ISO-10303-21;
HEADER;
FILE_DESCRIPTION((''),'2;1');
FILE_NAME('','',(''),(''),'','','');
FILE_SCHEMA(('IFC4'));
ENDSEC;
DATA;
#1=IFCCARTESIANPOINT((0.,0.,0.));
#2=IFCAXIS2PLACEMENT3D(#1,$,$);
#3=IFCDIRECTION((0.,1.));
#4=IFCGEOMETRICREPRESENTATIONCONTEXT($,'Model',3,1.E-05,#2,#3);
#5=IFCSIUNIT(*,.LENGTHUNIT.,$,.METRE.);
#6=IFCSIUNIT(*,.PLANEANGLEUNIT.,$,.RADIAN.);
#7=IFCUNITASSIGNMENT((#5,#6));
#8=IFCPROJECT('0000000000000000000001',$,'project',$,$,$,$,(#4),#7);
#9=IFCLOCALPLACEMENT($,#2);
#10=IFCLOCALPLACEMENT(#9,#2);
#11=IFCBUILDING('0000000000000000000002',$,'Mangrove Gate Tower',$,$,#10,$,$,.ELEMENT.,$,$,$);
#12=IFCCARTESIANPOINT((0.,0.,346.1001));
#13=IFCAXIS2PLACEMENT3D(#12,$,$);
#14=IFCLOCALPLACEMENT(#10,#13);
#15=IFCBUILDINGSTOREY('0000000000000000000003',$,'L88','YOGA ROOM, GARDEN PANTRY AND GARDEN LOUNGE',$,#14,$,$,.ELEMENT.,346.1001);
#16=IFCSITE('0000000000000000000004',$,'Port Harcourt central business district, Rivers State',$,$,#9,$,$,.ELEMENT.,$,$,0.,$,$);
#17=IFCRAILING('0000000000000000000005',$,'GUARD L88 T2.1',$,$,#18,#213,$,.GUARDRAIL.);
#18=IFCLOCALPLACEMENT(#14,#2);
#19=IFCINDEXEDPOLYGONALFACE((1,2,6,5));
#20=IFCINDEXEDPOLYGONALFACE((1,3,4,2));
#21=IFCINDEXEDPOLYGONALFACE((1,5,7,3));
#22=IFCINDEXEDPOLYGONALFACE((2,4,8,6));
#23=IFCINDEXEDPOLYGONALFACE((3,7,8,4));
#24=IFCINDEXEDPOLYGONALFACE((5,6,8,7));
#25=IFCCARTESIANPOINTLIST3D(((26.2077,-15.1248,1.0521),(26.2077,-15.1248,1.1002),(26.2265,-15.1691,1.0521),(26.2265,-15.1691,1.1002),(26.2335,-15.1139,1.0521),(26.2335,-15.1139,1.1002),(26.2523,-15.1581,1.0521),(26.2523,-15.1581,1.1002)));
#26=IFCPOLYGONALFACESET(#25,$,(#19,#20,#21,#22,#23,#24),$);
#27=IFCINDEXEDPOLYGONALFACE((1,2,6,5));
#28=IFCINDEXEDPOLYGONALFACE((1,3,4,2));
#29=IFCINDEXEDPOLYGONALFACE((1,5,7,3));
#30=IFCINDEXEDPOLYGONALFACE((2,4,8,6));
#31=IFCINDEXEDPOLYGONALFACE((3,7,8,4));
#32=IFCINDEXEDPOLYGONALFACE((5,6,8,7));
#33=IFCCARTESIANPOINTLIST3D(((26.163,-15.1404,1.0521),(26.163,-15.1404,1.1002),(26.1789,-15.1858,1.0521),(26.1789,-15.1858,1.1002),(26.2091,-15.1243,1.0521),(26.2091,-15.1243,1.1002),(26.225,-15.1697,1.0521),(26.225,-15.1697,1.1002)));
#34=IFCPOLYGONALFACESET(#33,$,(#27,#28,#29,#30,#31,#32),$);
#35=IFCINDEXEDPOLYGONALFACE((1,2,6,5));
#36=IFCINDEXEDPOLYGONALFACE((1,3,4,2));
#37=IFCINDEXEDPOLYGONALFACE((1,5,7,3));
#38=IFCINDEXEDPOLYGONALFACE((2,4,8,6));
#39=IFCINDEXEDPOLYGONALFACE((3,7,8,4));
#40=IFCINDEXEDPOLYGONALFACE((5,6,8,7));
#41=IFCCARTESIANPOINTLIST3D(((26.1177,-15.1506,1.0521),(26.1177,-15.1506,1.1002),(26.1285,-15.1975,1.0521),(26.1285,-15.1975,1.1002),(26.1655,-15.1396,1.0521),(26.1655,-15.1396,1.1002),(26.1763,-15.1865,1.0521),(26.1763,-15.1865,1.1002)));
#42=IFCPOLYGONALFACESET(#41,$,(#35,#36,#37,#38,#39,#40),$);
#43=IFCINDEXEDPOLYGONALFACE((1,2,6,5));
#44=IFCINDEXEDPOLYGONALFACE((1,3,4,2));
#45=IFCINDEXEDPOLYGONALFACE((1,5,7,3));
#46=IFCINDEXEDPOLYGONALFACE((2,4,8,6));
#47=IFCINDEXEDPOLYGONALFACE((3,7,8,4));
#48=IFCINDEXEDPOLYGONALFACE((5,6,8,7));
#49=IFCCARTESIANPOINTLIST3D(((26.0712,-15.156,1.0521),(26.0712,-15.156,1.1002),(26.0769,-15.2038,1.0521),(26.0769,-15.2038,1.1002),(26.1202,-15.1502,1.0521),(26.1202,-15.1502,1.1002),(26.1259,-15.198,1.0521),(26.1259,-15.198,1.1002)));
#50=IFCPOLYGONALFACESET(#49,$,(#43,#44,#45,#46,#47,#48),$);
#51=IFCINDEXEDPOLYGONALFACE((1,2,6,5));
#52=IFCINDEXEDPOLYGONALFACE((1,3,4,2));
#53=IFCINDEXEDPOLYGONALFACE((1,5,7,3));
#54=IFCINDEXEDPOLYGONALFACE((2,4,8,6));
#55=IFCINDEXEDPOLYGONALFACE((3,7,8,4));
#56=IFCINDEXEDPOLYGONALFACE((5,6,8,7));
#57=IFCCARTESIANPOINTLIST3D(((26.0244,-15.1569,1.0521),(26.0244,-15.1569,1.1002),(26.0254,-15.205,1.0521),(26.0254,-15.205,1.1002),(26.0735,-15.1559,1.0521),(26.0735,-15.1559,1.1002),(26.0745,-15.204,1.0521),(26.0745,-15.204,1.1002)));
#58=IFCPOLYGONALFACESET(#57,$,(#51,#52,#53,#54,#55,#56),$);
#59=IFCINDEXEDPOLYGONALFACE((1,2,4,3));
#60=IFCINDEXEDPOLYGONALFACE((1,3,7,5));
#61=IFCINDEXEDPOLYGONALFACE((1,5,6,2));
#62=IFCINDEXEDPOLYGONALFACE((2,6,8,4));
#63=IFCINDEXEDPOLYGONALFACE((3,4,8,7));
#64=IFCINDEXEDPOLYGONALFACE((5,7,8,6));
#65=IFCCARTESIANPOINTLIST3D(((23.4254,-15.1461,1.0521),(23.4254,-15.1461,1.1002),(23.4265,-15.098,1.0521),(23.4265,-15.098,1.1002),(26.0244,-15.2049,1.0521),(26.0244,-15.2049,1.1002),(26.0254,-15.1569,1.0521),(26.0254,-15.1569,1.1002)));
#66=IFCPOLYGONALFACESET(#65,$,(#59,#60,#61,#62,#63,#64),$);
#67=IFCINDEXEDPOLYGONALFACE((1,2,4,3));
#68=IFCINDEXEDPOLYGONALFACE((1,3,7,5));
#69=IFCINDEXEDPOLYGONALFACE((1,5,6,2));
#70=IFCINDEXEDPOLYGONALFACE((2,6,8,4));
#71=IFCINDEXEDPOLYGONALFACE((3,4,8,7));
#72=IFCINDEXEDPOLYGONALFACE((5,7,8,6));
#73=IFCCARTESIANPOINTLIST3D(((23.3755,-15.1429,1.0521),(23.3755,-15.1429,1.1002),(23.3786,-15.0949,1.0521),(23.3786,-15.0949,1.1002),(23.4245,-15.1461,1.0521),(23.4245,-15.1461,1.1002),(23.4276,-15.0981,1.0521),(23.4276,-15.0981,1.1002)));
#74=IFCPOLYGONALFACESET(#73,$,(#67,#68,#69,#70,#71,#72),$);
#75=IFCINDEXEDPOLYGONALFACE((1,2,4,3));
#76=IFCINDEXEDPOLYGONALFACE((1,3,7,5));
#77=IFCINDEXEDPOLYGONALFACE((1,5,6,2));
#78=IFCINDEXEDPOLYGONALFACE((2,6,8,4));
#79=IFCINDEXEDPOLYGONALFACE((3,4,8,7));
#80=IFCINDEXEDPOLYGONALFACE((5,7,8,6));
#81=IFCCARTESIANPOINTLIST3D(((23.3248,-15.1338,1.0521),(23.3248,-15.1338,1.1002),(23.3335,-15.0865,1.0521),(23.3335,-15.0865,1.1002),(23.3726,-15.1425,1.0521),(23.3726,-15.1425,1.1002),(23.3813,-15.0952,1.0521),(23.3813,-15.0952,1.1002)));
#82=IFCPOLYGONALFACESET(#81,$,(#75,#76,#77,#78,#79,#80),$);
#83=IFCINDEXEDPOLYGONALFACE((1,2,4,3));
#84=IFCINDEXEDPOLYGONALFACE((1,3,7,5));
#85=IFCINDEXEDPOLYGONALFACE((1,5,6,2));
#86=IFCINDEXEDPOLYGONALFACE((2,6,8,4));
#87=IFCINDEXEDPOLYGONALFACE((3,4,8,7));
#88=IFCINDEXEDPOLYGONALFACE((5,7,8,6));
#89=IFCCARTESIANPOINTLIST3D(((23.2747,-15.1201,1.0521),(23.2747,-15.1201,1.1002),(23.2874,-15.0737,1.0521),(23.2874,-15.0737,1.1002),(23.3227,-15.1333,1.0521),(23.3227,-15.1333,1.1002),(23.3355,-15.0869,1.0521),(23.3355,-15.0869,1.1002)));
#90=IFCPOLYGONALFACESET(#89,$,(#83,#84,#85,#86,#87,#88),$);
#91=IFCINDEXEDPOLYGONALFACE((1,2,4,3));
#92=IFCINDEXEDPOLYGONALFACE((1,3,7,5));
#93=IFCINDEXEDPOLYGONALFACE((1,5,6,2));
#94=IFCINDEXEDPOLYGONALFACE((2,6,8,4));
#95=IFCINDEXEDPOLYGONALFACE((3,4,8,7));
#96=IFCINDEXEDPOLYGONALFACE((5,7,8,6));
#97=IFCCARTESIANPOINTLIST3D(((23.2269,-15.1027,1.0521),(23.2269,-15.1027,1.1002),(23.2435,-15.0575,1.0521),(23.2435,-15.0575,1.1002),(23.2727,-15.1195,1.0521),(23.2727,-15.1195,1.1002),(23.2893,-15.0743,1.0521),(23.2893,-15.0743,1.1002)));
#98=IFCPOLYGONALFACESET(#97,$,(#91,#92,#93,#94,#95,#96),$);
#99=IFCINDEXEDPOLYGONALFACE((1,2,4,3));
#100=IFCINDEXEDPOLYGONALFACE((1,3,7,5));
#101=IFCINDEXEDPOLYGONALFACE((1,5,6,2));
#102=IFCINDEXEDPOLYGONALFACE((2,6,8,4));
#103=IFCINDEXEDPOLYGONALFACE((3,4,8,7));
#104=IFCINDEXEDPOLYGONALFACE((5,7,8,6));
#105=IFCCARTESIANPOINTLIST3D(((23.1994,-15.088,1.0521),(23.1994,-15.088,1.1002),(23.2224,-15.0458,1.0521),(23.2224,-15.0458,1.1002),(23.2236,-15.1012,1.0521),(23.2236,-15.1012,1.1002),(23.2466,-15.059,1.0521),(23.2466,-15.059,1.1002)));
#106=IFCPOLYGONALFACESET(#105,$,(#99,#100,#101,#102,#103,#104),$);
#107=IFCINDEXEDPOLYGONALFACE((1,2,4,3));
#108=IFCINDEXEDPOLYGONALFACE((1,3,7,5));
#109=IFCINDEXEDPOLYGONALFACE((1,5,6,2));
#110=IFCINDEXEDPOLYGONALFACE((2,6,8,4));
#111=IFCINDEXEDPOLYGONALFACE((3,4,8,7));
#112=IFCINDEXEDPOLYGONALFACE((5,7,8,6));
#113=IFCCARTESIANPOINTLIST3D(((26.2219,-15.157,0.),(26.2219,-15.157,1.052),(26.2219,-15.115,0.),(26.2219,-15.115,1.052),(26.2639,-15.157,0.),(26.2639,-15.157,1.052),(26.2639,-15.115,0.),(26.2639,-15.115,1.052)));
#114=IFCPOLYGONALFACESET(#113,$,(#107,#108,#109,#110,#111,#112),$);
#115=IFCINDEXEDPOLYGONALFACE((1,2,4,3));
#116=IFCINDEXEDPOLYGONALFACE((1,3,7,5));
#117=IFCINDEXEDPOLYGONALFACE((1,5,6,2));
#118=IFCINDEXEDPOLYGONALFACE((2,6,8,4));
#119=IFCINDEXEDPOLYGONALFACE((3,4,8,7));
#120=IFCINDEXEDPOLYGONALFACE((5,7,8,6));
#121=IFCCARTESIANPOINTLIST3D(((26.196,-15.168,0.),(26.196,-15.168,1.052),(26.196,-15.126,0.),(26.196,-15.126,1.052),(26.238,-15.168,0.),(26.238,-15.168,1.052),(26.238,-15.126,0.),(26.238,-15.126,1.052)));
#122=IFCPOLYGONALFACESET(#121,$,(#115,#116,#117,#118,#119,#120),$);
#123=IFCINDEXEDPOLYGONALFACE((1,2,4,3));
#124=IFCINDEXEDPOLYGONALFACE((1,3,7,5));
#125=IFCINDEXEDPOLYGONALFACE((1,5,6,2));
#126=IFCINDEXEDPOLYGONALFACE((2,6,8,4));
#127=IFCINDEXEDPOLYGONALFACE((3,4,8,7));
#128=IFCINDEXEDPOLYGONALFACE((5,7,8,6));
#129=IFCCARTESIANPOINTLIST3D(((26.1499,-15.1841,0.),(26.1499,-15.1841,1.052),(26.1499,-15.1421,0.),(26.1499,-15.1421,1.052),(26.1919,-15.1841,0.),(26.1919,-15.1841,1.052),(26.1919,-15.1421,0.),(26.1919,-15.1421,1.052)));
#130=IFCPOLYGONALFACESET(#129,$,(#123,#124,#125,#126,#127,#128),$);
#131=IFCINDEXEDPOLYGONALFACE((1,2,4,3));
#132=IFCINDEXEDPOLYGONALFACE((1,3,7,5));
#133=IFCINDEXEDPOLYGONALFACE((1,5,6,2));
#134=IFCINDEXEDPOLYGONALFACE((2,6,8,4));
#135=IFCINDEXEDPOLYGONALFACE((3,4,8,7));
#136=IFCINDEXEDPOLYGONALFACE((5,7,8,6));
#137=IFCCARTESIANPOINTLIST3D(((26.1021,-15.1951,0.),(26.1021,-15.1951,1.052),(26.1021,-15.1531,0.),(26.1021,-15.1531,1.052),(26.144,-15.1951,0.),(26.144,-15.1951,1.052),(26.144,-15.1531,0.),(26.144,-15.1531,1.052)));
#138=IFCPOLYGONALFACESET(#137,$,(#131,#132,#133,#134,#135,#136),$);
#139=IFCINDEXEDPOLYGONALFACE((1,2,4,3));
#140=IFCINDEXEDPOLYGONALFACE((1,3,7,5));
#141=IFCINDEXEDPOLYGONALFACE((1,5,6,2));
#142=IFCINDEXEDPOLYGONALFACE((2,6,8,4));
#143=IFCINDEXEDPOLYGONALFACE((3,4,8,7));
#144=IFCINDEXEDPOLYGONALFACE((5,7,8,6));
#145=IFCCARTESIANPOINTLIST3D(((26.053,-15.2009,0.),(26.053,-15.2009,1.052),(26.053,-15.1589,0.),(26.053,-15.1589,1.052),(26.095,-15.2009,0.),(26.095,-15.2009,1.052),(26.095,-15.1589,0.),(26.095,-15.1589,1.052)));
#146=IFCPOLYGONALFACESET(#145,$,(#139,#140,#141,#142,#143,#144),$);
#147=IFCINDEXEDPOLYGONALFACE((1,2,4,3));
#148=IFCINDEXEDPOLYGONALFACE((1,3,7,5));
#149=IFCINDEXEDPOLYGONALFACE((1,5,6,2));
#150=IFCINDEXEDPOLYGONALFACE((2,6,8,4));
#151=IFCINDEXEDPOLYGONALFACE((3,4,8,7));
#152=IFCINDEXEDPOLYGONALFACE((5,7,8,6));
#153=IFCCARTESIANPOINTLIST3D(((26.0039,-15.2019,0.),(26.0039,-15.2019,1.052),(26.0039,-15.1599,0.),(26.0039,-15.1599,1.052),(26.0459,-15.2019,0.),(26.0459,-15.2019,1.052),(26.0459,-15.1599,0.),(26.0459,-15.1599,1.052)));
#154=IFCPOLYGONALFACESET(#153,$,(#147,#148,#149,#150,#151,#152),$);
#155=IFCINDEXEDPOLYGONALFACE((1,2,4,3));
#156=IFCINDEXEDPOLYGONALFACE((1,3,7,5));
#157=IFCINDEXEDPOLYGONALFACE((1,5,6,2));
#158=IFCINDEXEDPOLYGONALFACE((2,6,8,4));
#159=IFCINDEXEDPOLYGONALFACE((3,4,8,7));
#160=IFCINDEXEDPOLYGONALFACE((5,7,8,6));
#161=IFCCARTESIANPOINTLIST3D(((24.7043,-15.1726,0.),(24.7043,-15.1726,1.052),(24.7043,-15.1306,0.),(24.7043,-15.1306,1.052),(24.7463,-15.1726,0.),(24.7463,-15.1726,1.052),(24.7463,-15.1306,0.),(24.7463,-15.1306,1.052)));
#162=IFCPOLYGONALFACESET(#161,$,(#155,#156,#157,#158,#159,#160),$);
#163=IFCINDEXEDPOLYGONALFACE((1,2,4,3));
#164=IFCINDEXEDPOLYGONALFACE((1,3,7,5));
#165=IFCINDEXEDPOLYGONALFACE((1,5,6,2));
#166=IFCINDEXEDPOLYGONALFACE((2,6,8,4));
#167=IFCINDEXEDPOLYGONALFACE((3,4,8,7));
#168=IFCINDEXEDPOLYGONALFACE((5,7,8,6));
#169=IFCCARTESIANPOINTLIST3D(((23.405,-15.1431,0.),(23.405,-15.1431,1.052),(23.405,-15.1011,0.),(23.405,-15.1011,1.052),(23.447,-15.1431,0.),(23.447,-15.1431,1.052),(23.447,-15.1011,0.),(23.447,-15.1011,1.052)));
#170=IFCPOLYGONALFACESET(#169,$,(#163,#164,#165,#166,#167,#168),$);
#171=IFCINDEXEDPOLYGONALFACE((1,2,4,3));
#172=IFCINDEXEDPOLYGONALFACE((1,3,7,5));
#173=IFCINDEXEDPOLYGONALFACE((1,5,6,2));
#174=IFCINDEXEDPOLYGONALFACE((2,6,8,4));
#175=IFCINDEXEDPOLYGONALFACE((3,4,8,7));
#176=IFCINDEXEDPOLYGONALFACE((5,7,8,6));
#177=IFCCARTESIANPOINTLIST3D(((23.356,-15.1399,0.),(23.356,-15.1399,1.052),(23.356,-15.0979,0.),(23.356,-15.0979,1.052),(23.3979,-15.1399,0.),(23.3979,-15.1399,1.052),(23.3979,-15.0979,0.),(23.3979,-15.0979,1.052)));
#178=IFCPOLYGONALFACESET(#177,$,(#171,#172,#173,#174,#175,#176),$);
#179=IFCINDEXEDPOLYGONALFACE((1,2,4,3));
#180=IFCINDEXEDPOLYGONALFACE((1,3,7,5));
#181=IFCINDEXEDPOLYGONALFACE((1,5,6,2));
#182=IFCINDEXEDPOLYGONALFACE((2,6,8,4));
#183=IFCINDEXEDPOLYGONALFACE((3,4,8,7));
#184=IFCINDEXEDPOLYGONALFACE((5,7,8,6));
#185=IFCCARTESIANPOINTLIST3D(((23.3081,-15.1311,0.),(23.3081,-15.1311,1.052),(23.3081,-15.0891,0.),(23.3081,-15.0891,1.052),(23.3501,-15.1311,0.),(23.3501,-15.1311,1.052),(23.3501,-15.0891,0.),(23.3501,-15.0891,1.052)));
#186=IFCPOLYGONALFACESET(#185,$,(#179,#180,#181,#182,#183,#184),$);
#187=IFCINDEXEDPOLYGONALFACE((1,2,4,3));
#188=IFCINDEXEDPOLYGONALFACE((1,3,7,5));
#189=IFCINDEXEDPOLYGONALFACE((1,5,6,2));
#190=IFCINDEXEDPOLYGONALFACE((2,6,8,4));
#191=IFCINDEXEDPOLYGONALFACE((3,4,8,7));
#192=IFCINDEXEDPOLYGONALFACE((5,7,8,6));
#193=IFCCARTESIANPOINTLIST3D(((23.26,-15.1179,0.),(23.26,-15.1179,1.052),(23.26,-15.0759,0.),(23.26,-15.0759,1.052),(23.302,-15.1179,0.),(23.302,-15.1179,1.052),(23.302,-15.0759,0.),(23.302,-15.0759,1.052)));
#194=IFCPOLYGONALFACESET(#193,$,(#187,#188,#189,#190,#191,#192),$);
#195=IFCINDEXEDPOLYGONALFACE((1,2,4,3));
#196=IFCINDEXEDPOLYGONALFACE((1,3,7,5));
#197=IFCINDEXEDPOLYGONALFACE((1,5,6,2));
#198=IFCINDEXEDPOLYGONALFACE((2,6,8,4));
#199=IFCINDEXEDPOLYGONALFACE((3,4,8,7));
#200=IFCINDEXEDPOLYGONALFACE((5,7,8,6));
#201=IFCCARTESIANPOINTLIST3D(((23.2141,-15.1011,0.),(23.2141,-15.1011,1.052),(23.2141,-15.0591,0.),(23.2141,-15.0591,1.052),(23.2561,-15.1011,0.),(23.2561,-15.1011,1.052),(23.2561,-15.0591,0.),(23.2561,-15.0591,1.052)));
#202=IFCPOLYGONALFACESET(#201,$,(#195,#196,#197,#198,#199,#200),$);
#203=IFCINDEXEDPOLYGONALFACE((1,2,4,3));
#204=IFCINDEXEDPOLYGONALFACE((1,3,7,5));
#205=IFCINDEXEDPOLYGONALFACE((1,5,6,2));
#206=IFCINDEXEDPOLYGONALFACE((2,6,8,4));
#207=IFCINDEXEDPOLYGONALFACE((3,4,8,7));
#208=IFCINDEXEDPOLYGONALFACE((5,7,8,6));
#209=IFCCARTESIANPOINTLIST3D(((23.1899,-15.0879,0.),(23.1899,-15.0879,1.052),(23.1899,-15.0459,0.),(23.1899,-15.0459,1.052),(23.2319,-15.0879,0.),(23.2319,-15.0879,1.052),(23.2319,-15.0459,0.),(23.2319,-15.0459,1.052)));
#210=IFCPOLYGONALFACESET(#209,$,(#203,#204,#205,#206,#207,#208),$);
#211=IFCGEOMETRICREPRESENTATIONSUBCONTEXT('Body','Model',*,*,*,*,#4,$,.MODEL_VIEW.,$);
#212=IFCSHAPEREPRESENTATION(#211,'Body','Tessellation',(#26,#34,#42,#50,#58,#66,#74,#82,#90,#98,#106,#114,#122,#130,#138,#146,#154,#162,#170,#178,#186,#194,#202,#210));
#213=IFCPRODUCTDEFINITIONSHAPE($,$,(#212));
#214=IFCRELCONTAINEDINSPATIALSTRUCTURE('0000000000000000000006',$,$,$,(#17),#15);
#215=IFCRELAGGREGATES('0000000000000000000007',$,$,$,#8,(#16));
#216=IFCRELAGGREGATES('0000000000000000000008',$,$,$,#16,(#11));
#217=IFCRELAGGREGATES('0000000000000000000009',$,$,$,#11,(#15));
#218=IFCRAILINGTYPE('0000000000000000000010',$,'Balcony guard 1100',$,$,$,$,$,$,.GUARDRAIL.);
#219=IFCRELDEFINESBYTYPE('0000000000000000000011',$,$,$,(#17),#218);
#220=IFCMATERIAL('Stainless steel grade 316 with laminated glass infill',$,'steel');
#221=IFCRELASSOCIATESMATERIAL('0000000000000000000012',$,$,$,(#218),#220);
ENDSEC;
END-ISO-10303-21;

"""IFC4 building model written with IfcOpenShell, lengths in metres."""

from ifc_helpers import new_model, si_unit, direction, frame, origin, origin_2d, place, context, subcontext, project, spatial, rectangle, extrude, material, type_object, element, save


model = new_model("IFC4")

# Units and contexts
model_context = context("Model", 3, precision=1e-05, world=origin(), true_north=direction((0.0, 1.0)))
body_context = subcontext(model_context, "Body", "Model", "MODEL_VIEW")
ifc_project = project(units=[si_unit("LENGTHUNIT", "METRE"), si_unit("PLANEANGLEUNIT", "RADIAN")], contexts=[model_context])

# Site, building, storey
site_placement = place(None, origin())
site = spatial("IfcSite", under=ifc_project, at=site_placement, Name="Port Harcourt central business district, Rivers State", CompositionType="ELEMENT", RefElevation=0.0)
building_placement = place(site_placement, origin())
building = spatial("IfcBuilding", under=site, at=building_placement, Name="Mangrove Gate Tower", CompositionType="ELEMENT")
storey_placement = place(building_placement, frame((0.0, 0.0, 346.1001)))
storey = spatial("IfcBuildingStorey", under=building, at=storey_placement, Name="L88", Description="YOGA ROOM, GARDEN PANTRY AND GARDEN LOUNGE", CompositionType="ELEMENT", Elevation=346.1001)

# Railing
ifc_material_1 = material(Name="Stainless steel grade 316 with laminated glass infill", Category="steel")
railing_type = type_object("IfcRailingType", Name="Balcony guard 1100", PredefinedType="GUARDRAIL", material=ifc_material_1)
railing_1_placement = place(storey_placement, frame((26.2429, -15.136, 0.0)))
element("IfcRailing", 1, at=railing_1_placement, inside=storey, type_object=railing_type, Name="GUARD L88 T2.1", PredefinedType="GUARDRAIL", context=body_context, shape_type="SweptSolid", body=[
    extrude(rectangle(XDim=0.0481, YDim=0.0481, at=origin_2d()), frame((0.0, 0.0, 1.0762), z_axis=(-0.920487, -0.390773, 0.0), x_axis=(0.390773, -0.920487, 0.0)), (0.0, 0.0, 1.0), 0.0281),
    extrude(rectangle(XDim=0.0481, YDim=0.0481, at=origin_2d()), frame((-0.0259, -0.011, 1.0762), z_axis=(-0.944092, -0.329683, 0.0), x_axis=(0.329683, -0.944092, 0.0)), (0.0, 0.0, 1.0), 0.0488),
    extrude(rectangle(XDim=0.0481, YDim=0.0481, at=origin_2d()), frame((-0.072, -0.0271, 1.0762), z_axis=(-0.974642, -0.22377, 0.0), x_axis=(0.22377, -0.974642, 0.0)), (0.0, 0.0, 1.0), 0.0491),
    extrude(rectangle(XDim=0.0481, YDim=0.0481, at=origin_2d()), frame((-0.1199, -0.0381, 1.0762), z_axis=(-0.992947, -0.118561, 0.0), x_axis=(0.118561, -0.992947, 0.0)), (0.0, 0.0, 1.0), 0.0493),
    extrude(rectangle(XDim=0.0481, YDim=0.0481, at=origin_2d()), frame((-0.1689, -0.0439, 1.0762), z_axis=(-0.999802, -0.019897, 0.0), x_axis=(0.019897, -0.999802, 0.0)), (0.0, 0.0, 1.0), 0.0491),
    extrude(rectangle(XDim=0.0481, YDim=0.0481, at=origin_2d()), frame((-0.218, -0.0449, 1.0762), z_axis=(-0.999744, 0.022634, 0.0), x_axis=(-0.022634, -0.999744, 0.0)), (0.0, 0.0, 1.0), 2.5996),
    extrude(rectangle(XDim=0.0481, YDim=0.0481, at=origin_2d()), frame((-2.8169, 0.0139, 1.0762), z_axis=(-0.997915, 0.064542, 0.0), x_axis=(-0.064542, -0.997915, 0.0)), (0.0, 0.0, 1.0), 0.0491),
    extrude(rectangle(XDim=0.0481, YDim=0.0481, at=origin_2d()), frame((-2.866, 0.0171, 1.0762), z_axis=(-0.983547, 0.180652, 0.0), x_axis=(-0.180652, -0.983547, 0.0)), (0.0, 0.0, 1.0), 0.0486),
    extrude(rectangle(XDim=0.0481, YDim=0.0481, at=origin_2d()), frame((-2.9138, 0.0259, 1.0762), z_axis=(-0.964424, 0.26436, 0.0), x_axis=(-0.26436, -0.964424, 0.0)), (0.0, 0.0, 1.0), 0.0498),
    extrude(rectangle(XDim=0.0481, YDim=0.0481, at=origin_2d()), frame((-2.9619, 0.0391, 1.0762), z_axis=(-0.938769, 0.344548, 0.0), x_axis=(-0.344548, -0.938769, 0.0)), (0.0, 0.0, 1.0), 0.0488),
    extrude(rectangle(XDim=0.0481, YDim=0.0481, at=origin_2d()), frame((-3.0078, 0.0559, 1.0762), z_axis=(-0.877896, 0.478852, 0.0), x_axis=(-0.478852, -0.877896, 0.0)), (0.0, 0.0, 1.0), 0.0276),
    extrude(rectangle(XDim=0.042, YDim=0.042, at=origin_2d()), origin(), (0.0, 0.0, 1.0), 1.052),
    extrude(rectangle(XDim=0.042, YDim=0.042, at=origin_2d()), frame((-0.0259, -0.011, 0.0)), (0.0, 0.0, 1.0), 1.052),
    extrude(rectangle(XDim=0.042, YDim=0.042, at=origin_2d()), frame((-0.072, -0.0271, 0.0)), (0.0, 0.0, 1.0), 1.052),
    extrude(rectangle(XDim=0.042, YDim=0.042, at=origin_2d()), frame((-0.1199, -0.0381, 0.0)), (0.0, 0.0, 1.0), 1.052),
    extrude(rectangle(XDim=0.042, YDim=0.042, at=origin_2d()), frame((-0.1689, -0.0439, 0.0)), (0.0, 0.0, 1.0), 1.052),
    extrude(rectangle(XDim=0.042, YDim=0.042, at=origin_2d()), frame((-0.218, -0.0449, 0.0)), (0.0, 0.0, 1.0), 1.052),
    extrude(rectangle(XDim=0.042, YDim=0.042, at=origin_2d()), frame((-1.5176, -0.0156, 0.0)), (0.0, 0.0, 1.0), 1.052),
    extrude(rectangle(XDim=0.042, YDim=0.042, at=origin_2d()), frame((-2.8169, 0.0139, 0.0)), (0.0, 0.0, 1.0), 1.052),
    extrude(rectangle(XDim=0.042, YDim=0.042, at=origin_2d()), frame((-2.866, 0.0171, 0.0)), (0.0, 0.0, 1.0), 1.052),
    extrude(rectangle(XDim=0.042, YDim=0.042, at=origin_2d()), frame((-2.9138, 0.0259, 0.0)), (0.0, 0.0, 1.0), 1.052),
    extrude(rectangle(XDim=0.042, YDim=0.042, at=origin_2d()), frame((-2.9619, 0.0391, 0.0)), (0.0, 0.0, 1.0), 1.052),
    extrude(rectangle(XDim=0.042, YDim=0.042, at=origin_2d()), frame((-3.0078, 0.0559, 0.0)), (0.0, 0.0, 1.0), 1.052),
    extrude(rectangle(XDim=0.042, YDim=0.042, at=origin_2d()), frame((-3.032, 0.0691, 0.0)), (0.0, 0.0, 1.0), 1.052),
])

save(model, "model.ifc")
